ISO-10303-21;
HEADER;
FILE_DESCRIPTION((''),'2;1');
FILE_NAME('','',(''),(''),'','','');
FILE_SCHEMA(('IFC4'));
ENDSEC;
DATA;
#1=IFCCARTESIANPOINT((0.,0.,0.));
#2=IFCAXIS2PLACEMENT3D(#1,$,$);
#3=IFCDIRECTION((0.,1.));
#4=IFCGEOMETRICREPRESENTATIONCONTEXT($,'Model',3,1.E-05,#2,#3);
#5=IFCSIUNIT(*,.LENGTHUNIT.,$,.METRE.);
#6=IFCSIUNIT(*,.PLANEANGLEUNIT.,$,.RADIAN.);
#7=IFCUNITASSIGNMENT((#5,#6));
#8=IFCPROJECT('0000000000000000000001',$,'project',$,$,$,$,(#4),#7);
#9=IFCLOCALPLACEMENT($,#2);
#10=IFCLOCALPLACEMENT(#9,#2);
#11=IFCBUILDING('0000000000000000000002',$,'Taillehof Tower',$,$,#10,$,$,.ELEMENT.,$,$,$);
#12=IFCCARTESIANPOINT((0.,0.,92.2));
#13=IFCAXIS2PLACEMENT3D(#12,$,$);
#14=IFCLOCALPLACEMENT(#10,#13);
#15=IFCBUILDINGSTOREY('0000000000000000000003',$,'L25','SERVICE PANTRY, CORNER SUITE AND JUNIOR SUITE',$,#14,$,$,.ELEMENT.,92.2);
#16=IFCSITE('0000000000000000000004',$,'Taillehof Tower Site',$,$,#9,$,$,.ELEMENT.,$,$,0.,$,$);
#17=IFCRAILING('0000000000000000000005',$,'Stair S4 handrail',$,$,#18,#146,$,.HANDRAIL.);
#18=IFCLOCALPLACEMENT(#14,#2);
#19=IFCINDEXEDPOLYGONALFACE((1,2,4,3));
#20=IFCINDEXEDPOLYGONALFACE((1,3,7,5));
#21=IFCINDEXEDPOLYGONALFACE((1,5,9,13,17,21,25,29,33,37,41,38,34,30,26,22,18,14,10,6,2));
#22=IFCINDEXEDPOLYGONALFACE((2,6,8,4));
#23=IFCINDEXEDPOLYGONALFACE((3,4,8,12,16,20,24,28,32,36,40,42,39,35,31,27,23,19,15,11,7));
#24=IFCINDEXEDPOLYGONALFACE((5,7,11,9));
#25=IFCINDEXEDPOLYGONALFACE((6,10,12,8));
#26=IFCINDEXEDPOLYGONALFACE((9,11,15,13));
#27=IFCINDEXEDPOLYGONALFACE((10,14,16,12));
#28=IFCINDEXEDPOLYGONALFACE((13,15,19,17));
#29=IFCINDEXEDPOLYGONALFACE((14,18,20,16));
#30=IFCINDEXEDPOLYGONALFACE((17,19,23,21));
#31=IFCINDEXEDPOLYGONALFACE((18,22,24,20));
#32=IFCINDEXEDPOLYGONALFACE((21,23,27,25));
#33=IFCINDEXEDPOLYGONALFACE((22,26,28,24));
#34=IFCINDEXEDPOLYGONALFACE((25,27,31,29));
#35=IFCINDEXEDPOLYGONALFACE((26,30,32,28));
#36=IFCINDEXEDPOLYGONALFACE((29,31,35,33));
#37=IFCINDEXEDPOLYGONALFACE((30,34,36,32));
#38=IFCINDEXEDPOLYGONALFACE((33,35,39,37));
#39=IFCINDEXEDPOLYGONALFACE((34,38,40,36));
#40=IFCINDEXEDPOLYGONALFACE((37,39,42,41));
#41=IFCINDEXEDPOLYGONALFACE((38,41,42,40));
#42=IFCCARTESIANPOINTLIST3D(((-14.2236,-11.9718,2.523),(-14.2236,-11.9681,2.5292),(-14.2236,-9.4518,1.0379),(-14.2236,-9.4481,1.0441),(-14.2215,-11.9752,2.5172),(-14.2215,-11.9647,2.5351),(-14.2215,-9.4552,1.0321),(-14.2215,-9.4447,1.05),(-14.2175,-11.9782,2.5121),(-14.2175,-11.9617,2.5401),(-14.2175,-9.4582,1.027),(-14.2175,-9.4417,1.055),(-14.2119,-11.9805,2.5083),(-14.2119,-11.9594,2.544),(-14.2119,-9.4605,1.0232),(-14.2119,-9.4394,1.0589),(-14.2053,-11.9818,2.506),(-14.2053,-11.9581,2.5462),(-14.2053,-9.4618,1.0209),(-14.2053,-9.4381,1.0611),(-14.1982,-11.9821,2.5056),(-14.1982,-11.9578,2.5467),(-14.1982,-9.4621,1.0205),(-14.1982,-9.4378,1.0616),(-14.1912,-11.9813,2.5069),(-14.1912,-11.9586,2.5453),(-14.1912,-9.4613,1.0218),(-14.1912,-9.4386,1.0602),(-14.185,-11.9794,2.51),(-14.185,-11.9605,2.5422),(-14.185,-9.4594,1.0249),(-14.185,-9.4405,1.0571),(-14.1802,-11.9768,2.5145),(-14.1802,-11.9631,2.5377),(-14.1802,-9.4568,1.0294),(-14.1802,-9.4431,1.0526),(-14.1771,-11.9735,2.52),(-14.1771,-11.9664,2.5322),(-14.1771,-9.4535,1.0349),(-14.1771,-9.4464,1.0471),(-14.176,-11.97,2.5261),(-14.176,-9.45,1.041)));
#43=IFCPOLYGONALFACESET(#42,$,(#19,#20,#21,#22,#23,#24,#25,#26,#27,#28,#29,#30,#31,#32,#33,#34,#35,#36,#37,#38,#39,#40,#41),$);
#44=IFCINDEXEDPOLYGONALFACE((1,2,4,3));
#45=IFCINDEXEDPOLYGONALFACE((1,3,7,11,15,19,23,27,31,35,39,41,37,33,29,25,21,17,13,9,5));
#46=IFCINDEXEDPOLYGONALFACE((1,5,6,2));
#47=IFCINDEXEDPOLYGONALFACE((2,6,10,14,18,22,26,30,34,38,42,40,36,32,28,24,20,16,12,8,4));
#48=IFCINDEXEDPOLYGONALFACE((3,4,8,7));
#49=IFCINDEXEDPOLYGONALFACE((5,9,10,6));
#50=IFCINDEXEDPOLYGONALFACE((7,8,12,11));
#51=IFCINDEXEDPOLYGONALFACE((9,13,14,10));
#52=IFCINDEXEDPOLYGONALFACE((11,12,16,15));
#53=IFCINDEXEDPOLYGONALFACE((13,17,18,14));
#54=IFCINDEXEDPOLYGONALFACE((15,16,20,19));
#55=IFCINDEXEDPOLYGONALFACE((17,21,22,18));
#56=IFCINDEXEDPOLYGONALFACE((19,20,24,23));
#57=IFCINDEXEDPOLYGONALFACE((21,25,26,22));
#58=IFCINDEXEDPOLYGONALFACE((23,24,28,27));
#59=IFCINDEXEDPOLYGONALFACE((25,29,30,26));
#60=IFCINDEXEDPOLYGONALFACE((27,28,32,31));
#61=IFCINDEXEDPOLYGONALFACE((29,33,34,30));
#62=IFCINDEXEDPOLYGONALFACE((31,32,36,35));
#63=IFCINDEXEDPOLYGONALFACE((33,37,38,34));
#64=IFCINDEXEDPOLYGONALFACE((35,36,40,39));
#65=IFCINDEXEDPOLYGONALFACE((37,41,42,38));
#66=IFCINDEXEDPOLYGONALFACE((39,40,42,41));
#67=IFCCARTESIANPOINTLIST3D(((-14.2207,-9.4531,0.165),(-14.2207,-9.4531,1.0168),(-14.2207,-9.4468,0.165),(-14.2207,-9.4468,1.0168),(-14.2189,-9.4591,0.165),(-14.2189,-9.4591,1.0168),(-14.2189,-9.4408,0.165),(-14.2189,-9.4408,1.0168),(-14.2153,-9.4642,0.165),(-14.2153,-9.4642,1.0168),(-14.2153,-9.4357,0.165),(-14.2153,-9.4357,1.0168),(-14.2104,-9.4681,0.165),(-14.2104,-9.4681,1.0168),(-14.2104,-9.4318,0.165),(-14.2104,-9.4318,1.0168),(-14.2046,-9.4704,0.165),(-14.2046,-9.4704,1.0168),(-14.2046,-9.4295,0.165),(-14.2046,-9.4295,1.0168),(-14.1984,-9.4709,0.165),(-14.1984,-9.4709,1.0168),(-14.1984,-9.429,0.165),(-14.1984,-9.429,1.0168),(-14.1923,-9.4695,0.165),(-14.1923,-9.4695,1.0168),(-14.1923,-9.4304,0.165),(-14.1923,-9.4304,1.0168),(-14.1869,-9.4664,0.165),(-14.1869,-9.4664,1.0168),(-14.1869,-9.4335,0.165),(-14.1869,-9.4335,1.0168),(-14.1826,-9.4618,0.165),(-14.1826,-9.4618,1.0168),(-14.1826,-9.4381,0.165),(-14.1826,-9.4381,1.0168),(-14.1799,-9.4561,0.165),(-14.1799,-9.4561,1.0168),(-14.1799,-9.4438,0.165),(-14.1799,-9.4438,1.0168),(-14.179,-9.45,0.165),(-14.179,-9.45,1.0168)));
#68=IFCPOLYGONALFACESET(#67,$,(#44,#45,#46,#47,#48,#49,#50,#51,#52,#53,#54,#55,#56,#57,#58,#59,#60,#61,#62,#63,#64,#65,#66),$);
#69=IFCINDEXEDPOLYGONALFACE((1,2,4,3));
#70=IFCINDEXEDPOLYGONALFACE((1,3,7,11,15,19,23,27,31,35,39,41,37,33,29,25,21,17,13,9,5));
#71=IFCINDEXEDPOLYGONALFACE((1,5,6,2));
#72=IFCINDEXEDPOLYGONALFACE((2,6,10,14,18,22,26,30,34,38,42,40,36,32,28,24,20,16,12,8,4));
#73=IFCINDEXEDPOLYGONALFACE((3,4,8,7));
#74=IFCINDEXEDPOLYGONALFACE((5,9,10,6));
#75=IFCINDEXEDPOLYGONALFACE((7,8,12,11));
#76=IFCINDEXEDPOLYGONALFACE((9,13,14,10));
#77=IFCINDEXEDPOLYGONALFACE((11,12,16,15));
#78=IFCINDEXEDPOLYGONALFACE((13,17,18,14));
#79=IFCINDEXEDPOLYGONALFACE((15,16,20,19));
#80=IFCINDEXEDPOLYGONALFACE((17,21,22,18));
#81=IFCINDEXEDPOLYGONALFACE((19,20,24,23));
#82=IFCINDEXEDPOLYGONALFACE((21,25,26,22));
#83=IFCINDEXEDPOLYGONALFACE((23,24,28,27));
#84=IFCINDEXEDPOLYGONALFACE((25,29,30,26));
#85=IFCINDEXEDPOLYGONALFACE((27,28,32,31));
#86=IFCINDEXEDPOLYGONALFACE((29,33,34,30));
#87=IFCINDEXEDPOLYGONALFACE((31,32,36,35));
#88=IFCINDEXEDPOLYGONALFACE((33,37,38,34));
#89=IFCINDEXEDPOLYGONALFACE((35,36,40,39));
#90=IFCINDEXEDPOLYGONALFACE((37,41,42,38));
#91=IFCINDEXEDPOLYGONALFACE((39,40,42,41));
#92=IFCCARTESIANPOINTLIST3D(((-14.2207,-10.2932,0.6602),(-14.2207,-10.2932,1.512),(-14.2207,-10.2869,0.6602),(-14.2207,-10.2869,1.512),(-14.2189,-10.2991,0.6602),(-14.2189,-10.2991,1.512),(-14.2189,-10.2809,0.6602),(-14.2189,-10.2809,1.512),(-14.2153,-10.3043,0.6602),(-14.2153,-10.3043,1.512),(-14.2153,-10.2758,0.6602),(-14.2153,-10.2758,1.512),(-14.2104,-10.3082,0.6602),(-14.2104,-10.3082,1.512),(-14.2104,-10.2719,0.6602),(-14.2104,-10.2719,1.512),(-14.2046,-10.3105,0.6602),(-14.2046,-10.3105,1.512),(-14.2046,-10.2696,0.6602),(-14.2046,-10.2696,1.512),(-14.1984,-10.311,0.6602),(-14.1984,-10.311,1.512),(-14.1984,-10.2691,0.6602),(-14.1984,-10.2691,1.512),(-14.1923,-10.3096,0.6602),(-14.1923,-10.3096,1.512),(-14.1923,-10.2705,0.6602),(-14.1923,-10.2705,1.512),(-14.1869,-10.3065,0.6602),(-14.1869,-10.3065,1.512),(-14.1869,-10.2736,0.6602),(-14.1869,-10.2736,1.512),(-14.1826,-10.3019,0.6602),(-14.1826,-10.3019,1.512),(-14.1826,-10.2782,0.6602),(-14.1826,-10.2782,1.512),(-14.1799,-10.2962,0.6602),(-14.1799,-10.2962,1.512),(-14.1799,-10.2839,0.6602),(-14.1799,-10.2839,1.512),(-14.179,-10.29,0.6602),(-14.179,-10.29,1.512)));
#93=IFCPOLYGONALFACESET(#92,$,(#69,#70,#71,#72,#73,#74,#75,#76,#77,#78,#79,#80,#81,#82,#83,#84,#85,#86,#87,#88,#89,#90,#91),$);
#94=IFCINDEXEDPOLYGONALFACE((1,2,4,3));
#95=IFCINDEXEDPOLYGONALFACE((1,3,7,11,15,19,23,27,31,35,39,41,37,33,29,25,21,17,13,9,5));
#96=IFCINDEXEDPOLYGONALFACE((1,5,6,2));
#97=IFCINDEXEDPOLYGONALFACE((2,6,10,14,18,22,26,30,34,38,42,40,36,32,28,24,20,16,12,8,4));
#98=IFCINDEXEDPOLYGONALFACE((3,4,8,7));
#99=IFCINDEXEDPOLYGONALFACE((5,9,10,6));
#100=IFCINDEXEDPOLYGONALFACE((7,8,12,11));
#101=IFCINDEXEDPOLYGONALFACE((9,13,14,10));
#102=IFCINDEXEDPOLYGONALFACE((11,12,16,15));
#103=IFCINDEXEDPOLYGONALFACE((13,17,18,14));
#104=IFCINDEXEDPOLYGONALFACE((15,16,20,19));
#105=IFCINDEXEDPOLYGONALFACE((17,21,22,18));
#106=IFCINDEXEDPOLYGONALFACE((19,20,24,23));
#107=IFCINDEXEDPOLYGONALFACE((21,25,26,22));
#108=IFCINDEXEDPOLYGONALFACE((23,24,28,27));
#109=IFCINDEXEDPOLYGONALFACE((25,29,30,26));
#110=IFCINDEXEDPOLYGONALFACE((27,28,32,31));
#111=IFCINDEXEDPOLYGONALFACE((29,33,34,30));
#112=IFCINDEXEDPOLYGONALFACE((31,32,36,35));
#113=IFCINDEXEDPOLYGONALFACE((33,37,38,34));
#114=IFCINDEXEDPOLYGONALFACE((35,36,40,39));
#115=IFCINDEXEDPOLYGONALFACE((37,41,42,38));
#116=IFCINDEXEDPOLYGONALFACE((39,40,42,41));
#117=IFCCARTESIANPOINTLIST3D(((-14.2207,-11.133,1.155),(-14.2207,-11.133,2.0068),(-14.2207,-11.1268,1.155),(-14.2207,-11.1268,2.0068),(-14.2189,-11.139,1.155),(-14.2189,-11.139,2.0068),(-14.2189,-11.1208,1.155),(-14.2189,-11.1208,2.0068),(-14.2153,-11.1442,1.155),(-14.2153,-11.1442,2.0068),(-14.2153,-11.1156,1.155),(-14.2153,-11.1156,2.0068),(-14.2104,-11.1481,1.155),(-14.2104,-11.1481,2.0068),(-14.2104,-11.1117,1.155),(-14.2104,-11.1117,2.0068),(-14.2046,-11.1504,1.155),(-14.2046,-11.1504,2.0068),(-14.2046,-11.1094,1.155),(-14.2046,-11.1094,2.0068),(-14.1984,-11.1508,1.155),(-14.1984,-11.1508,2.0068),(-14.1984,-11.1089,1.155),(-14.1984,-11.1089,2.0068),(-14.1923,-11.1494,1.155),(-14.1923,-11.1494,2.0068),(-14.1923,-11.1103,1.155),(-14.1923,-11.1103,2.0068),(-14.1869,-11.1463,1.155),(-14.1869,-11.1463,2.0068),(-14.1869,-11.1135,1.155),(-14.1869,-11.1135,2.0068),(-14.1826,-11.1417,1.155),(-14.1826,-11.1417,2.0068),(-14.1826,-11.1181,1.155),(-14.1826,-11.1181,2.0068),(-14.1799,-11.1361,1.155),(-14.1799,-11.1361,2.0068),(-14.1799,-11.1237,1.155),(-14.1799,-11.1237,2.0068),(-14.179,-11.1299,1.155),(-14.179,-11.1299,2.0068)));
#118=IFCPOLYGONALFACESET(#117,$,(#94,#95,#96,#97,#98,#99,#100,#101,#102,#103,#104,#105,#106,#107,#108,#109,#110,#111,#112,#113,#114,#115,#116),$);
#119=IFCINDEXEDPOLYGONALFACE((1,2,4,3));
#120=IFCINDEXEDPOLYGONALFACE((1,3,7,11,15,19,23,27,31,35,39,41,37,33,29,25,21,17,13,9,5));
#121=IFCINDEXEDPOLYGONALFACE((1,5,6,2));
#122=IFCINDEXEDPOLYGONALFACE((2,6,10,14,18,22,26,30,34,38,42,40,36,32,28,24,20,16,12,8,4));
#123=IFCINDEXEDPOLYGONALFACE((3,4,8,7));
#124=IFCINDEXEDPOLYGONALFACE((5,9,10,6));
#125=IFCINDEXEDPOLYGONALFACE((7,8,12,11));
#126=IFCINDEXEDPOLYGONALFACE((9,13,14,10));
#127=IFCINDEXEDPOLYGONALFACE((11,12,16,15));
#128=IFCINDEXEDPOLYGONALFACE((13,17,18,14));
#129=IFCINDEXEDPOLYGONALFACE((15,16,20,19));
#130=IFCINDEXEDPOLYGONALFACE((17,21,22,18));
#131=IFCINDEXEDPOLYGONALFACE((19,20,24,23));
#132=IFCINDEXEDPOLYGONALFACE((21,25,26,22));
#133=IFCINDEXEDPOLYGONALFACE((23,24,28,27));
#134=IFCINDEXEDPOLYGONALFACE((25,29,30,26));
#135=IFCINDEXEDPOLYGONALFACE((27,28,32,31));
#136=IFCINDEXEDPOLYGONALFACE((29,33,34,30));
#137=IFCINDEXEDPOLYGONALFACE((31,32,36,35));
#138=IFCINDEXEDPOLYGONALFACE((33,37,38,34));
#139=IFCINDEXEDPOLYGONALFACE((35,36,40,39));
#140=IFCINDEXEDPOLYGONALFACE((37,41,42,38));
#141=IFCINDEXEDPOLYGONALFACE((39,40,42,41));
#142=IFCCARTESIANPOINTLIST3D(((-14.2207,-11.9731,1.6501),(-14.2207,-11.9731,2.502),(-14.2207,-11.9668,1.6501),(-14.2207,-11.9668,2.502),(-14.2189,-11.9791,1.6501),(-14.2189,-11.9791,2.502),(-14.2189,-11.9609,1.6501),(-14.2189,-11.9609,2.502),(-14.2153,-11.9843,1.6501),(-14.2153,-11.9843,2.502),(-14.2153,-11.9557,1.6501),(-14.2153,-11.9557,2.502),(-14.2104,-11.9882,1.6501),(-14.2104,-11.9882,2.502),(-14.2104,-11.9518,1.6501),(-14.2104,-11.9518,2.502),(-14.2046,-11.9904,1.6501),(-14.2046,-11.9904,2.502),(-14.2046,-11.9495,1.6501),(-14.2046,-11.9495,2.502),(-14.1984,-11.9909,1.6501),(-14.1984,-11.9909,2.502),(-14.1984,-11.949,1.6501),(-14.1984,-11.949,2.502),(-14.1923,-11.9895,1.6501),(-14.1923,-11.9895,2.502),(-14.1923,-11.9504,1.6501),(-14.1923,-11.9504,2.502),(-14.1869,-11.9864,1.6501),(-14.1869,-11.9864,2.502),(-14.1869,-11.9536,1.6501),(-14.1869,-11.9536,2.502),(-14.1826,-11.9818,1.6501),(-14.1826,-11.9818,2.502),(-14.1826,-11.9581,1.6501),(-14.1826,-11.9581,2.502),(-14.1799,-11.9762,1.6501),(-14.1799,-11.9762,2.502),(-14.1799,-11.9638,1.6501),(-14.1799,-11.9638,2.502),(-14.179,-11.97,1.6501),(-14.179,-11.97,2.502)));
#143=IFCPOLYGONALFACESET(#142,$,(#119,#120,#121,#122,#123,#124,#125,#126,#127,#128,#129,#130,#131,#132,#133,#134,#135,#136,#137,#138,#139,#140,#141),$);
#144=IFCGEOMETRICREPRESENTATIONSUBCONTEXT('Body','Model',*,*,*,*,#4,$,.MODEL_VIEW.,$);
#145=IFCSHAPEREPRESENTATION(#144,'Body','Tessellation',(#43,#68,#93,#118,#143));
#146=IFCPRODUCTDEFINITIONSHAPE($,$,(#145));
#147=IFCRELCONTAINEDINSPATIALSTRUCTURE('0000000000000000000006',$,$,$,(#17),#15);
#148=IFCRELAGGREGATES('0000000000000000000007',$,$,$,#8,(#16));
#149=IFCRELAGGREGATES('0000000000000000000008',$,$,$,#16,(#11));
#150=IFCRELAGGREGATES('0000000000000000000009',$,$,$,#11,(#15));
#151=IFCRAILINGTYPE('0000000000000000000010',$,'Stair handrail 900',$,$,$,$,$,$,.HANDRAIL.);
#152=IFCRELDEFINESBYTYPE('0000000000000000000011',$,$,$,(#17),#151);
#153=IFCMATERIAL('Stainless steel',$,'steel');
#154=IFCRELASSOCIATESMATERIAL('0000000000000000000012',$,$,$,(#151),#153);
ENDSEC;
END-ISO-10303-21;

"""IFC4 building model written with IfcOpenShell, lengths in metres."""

from ifc_helpers import new_model, si_unit, direction, frame, origin, origin_2d, place, context, subcontext, project, spatial, circle, extrude, material, type_object, element, save


model = new_model("IFC4")

# Units and contexts
model_context = context("Model", 3, precision=1e-05, world=origin(), true_north=direction((0.0, 1.0)))
body_context = subcontext(model_context, "Body", "Model", "MODEL_VIEW")
ifc_project = project(units=[si_unit("LENGTHUNIT", "METRE"), si_unit("PLANEANGLEUNIT", "RADIAN")], contexts=[model_context])

# Site, building, storey
site_placement = place(None, origin())
site = spatial("IfcSite", under=ifc_project, at=site_placement, Name="Taillehof Tower Site", CompositionType="ELEMENT", RefElevation=0.0)
building_placement = place(site_placement, origin())
building = spatial("IfcBuilding", under=site, at=building_placement, Name="Taillehof Tower", CompositionType="ELEMENT")
storey_placement = place(building_placement, frame((0.0, 0.0, 92.2)))
storey = spatial("IfcBuildingStorey", under=building, at=storey_placement, Name="L25", Description="SERVICE PANTRY, CORNER SUITE AND JUNIOR SUITE", CompositionType="ELEMENT", Elevation=92.2)

# Railing
ifc_material_1 = material(Name="Stainless steel", Category="steel")
railing_type_1 = type_object("IfcRailingType", Name="Stair handrail 900", PredefinedType="HANDRAIL", material=ifc_material_1)
railing_1_placement = place(storey_placement, frame((-14.2, -9.45, 0.165)))
element("IfcRailing", 1, at=railing_1_placement, inside=storey, type_object=railing_type_1, Name="Stair S4 handrail", PredefinedType="HANDRAIL", context=body_context, shape_type="SweptSolid", body=[
    extrude(circle(Radius=0.0239, at=origin_2d()), frame((0.0, 0.0, 0.876), z_axis=(0.0, -0.861524, 0.507717), x_axis=(1.0, 0.0, 0.0)), (0.0, 0.0, 1.0), 2.925),
    extrude(circle(Radius=0.021, at=origin_2d()), origin(), (0.0, 0.0, 1.0), 0.8518),
    extrude(circle(Radius=0.021, at=origin_2d()), frame((0.0, -0.8401, 0.4951)), (0.0, 0.0, 1.0), 0.8518),
    extrude(circle(Radius=0.021, at=origin_2d()), frame((0.0, -1.6799, 0.99)), (0.0, 0.0, 1.0), 0.8518),
    extrude(circle(Radius=0.021, at=origin_2d()), frame((0.0, -2.52, 1.4851)), (0.0, 0.0, 1.0), 0.8518),
])

save(model, "model.ifc")
